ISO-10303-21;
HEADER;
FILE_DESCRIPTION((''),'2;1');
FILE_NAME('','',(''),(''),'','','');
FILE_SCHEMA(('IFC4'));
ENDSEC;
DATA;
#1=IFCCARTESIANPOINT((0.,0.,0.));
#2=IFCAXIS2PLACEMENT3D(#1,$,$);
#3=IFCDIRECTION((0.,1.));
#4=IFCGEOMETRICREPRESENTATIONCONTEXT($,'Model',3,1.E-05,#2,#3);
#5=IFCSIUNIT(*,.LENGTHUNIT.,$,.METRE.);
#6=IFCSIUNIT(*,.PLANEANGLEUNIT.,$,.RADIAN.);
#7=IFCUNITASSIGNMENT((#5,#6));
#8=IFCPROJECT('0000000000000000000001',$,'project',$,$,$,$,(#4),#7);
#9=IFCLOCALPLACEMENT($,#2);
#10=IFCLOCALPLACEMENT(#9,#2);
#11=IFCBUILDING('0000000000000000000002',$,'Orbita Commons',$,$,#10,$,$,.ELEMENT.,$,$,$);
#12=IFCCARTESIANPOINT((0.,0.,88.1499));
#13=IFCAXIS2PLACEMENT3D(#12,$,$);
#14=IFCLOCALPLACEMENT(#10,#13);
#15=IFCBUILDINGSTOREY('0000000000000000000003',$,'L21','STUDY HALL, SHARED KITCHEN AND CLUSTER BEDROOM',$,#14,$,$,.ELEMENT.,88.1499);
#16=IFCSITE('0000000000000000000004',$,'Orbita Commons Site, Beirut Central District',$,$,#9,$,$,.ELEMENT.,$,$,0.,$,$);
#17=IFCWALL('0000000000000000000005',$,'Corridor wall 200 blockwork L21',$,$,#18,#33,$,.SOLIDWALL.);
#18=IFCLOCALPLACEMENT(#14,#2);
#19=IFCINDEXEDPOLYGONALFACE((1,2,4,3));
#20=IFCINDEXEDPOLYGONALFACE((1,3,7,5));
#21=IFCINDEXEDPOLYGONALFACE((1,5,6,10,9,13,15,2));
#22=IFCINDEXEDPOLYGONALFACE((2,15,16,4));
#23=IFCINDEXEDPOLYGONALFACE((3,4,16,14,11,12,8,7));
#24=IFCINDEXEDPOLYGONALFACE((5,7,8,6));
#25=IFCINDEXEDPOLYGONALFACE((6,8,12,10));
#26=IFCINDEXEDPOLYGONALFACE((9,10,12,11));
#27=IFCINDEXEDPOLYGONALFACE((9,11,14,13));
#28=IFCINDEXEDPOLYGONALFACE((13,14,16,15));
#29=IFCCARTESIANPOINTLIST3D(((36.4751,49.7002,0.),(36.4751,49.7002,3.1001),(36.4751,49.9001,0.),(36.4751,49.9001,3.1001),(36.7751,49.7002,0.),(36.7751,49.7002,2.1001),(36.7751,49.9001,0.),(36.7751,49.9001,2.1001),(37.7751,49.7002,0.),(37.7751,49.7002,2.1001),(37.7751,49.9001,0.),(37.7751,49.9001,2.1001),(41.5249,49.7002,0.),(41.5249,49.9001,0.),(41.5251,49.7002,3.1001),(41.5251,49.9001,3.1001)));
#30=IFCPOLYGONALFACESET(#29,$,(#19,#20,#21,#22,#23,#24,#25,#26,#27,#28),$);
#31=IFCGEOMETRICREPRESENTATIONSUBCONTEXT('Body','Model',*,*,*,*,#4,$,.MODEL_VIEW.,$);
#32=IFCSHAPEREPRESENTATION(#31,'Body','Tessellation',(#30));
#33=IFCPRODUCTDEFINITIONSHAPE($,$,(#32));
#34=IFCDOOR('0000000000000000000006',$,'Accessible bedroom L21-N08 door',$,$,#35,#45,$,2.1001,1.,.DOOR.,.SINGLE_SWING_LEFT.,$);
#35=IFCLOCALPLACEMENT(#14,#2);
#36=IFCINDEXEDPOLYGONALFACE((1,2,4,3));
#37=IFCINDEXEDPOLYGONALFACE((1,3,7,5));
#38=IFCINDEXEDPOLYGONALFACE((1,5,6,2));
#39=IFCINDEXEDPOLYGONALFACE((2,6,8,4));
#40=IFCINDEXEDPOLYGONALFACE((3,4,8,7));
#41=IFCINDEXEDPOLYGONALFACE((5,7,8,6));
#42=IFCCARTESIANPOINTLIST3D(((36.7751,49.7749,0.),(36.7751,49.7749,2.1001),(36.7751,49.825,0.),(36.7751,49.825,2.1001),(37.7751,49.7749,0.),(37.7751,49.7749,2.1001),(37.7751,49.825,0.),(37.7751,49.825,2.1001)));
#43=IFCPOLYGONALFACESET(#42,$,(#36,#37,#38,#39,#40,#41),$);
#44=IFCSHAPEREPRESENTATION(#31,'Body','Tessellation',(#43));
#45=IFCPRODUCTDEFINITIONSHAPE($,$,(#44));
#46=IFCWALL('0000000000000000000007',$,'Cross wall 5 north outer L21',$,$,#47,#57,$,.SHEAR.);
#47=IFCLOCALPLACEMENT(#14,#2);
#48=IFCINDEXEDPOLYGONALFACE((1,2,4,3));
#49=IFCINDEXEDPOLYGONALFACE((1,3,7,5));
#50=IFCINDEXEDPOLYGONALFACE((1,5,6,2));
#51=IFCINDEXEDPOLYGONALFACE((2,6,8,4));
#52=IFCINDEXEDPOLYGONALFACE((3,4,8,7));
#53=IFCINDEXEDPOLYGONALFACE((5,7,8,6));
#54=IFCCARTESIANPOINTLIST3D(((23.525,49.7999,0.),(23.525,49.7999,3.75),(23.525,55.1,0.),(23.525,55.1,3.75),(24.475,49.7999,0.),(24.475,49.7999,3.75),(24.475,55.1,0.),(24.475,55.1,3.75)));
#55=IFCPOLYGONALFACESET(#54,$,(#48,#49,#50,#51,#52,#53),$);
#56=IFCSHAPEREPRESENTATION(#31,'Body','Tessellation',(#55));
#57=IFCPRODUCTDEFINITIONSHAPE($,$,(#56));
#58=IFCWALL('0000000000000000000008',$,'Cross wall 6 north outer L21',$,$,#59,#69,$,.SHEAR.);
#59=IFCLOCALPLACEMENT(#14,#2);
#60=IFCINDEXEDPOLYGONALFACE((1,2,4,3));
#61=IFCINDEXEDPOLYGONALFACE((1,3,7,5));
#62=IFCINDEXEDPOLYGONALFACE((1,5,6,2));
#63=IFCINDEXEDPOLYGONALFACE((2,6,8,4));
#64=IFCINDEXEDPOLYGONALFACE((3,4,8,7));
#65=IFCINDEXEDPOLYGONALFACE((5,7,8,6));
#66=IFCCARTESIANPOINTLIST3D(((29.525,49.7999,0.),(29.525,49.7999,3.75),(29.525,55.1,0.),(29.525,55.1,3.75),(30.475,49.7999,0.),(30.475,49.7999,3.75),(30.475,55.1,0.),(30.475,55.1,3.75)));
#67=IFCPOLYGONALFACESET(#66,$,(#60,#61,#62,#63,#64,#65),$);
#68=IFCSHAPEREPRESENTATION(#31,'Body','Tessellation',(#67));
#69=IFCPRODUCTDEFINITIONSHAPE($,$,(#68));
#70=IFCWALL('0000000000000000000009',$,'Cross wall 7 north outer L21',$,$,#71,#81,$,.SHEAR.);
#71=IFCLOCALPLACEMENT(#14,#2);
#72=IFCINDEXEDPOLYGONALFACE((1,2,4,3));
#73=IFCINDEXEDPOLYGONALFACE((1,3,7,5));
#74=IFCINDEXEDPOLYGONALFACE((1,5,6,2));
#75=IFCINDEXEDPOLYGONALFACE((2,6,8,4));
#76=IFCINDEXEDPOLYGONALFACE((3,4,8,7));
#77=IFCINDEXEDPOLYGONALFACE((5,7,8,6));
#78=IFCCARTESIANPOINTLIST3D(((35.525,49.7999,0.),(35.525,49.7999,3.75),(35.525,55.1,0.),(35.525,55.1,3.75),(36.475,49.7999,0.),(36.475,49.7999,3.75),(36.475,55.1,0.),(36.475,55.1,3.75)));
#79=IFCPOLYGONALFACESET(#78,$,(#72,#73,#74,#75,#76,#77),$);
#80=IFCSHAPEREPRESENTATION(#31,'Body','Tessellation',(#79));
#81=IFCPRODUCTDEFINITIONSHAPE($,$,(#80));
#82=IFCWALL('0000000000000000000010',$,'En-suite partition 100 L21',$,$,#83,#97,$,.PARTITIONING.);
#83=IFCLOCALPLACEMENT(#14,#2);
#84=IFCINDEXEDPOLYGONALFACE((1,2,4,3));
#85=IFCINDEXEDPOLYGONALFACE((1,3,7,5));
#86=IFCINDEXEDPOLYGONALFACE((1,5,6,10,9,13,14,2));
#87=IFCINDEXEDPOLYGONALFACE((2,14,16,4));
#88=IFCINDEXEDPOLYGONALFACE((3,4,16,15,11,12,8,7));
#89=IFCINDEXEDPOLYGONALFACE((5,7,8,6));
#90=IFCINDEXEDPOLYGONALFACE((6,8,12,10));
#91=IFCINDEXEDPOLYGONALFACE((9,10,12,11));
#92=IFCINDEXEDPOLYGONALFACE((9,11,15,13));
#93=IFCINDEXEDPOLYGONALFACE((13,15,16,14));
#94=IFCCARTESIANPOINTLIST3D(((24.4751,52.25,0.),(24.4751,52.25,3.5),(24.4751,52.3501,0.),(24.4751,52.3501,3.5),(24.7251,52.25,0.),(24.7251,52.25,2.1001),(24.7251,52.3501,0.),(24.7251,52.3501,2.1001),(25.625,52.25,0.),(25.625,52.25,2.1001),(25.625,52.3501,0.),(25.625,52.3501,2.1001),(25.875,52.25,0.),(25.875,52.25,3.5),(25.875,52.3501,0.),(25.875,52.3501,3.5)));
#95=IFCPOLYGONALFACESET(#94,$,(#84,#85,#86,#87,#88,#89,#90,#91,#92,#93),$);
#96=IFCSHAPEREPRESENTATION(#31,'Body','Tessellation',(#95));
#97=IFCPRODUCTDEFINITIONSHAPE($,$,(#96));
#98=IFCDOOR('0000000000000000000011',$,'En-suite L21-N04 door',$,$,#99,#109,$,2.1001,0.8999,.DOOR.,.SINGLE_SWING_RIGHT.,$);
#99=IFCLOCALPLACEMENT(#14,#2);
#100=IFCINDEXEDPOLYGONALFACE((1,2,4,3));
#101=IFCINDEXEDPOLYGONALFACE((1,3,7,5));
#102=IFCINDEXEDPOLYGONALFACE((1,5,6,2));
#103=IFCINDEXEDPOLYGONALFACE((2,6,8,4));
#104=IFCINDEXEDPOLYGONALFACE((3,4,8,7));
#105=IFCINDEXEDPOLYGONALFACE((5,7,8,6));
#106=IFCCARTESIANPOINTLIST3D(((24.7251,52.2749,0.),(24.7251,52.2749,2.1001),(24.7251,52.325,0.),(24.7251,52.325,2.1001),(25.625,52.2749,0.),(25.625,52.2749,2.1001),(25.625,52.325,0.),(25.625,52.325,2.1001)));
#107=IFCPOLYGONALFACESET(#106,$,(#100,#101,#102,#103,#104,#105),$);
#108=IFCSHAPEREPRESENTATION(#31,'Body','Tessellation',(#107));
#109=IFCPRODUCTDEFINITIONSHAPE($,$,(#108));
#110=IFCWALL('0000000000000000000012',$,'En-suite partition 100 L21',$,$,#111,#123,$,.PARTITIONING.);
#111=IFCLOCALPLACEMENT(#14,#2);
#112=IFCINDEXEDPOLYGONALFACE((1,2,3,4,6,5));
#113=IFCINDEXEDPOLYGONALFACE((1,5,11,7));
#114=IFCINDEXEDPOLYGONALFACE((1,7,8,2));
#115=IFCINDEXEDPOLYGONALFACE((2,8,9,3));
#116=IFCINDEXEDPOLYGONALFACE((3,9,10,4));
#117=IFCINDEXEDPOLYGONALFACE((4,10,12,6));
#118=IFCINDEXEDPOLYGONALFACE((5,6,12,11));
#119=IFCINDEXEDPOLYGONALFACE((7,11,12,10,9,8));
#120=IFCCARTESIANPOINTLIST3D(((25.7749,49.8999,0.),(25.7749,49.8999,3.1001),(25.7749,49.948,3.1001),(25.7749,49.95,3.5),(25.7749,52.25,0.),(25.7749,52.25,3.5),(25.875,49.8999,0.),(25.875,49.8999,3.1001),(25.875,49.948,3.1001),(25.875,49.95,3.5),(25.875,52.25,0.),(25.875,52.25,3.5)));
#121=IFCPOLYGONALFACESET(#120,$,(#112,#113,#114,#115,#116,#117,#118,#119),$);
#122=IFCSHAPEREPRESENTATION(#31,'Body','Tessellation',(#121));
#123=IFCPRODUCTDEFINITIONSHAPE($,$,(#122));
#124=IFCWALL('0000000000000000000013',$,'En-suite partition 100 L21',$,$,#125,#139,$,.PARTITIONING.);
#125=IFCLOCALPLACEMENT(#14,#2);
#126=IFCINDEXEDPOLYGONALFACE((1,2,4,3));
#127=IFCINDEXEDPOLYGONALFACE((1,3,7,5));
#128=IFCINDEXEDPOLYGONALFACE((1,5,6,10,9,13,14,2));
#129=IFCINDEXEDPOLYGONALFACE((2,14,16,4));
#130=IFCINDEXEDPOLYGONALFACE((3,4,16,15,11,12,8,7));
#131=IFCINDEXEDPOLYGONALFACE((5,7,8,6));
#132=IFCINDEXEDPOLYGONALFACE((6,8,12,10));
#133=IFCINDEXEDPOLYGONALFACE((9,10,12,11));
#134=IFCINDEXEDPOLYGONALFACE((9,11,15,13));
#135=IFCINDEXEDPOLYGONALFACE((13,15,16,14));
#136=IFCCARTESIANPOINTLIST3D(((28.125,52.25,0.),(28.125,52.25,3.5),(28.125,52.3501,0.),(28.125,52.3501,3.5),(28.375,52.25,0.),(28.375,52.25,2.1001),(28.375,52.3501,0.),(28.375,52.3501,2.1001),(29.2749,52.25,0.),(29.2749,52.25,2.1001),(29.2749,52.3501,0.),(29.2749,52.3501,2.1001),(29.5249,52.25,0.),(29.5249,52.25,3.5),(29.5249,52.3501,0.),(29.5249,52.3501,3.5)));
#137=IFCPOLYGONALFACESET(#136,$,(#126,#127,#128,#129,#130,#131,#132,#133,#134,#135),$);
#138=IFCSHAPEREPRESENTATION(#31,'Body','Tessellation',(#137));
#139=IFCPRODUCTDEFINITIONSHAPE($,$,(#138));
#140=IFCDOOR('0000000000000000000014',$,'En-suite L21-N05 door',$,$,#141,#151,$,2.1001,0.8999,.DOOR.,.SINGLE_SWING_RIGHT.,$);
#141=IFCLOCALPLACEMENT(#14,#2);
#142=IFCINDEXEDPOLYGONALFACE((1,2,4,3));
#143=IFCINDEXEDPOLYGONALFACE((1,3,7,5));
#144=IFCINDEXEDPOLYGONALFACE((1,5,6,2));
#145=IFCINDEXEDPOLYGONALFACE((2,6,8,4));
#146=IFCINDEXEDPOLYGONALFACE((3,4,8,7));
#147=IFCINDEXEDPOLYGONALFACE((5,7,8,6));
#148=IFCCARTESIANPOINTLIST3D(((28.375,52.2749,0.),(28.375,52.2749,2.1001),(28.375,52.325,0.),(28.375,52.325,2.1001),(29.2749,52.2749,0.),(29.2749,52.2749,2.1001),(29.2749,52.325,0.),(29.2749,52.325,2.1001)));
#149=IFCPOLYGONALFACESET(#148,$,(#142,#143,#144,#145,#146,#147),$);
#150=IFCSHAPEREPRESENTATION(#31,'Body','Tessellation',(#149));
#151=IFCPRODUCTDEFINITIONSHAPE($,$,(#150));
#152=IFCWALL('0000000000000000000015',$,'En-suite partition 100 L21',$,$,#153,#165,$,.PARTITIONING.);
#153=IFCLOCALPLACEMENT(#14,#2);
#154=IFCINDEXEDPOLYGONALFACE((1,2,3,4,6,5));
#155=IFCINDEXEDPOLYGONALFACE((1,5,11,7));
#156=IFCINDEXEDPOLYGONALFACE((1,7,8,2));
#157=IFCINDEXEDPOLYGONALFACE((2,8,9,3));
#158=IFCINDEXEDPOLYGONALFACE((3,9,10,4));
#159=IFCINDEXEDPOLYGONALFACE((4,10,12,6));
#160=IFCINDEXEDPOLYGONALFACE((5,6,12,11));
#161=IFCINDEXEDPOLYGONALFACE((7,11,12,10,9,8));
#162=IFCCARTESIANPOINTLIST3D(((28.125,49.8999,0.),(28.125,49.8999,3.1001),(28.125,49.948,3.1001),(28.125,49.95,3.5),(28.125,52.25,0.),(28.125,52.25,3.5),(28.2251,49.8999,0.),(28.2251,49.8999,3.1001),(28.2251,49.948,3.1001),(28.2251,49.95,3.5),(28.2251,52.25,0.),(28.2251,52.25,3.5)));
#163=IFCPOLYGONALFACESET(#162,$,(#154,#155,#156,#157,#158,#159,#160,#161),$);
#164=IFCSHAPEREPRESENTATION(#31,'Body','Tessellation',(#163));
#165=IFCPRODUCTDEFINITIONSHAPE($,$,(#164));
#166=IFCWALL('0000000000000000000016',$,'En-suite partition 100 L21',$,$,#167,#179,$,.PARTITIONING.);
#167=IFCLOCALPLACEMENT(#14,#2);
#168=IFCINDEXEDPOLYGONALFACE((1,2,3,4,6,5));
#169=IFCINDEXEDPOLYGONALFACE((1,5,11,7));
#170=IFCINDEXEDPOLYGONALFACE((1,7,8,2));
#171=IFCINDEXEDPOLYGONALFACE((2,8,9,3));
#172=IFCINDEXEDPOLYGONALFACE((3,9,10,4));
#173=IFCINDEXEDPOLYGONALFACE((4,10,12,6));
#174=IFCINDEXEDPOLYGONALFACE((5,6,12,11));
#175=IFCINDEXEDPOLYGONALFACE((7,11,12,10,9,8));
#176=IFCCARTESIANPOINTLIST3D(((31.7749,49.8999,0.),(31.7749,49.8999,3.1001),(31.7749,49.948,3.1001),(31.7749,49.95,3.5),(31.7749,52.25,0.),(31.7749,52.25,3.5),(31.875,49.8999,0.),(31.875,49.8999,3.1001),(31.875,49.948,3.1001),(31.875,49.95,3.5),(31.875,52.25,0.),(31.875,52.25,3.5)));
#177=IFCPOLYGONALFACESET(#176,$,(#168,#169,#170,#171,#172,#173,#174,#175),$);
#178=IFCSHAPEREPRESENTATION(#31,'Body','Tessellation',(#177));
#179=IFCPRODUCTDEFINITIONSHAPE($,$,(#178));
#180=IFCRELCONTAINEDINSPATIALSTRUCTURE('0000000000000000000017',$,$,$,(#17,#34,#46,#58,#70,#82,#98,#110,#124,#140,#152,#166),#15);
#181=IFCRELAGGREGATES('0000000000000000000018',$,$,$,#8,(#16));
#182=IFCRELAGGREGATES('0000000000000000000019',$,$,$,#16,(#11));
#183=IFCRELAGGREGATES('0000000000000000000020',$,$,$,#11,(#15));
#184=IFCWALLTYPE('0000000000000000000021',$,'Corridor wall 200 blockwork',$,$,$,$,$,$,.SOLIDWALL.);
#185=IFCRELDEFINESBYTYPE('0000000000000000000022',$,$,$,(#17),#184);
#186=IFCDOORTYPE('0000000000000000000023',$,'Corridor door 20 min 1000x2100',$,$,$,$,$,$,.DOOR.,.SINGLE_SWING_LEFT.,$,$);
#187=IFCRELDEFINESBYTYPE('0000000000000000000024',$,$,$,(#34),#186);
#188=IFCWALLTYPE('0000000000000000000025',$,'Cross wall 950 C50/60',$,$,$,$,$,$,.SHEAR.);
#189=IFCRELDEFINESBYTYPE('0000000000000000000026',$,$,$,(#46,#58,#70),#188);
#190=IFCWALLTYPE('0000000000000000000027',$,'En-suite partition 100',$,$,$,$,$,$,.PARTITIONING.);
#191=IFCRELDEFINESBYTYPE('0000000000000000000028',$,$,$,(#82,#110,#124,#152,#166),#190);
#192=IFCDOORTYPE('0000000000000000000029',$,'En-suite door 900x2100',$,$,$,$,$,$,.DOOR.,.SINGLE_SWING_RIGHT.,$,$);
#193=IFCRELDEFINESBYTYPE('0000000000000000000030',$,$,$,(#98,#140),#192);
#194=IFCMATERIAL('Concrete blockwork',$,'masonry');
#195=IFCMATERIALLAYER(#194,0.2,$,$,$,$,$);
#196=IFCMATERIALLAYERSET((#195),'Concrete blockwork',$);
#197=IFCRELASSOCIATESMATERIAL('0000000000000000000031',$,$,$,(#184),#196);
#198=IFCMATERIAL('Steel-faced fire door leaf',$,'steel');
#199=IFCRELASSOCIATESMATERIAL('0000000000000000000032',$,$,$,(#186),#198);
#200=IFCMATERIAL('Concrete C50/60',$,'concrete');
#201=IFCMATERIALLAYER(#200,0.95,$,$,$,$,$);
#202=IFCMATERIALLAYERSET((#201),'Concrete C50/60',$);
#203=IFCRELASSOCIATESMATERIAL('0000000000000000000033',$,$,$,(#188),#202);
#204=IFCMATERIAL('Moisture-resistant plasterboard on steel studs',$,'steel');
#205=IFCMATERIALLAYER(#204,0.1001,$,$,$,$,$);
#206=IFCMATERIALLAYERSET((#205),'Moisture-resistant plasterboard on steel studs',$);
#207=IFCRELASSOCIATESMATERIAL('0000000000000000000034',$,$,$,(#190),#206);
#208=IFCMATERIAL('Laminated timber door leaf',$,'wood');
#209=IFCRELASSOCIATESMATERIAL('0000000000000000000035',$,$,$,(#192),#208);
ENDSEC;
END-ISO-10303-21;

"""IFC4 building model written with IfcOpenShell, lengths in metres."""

from ifc_helpers import new_model, si_unit, direction, frame, frame_2d, origin, place, context, subcontext, project, spatial, polyline, rectangle, outline, extrude, material, layer, layer_set, type_object, element, fill, save


model = new_model("IFC4")

# Units and contexts
model_context = context("Model", 3, precision=1e-05, world=origin(), true_north=direction((0.0, 1.0)))
body_context = subcontext(model_context, "Body", "Model", "MODEL_VIEW")
ifc_project = project(units=[si_unit("LENGTHUNIT", "METRE"), si_unit("PLANEANGLEUNIT", "RADIAN")], contexts=[model_context])

# Site, building, storey
site_placement = place(None, origin())
site = spatial("IfcSite", under=ifc_project, at=site_placement, Name="Orbita Commons Site, Beirut Central District", CompositionType="ELEMENT", RefElevation=0.0)
building_placement = place(site_placement, origin())
building = spatial("IfcBuilding", under=site, at=building_placement, Name="Orbita Commons", CompositionType="ELEMENT")
storey_placement = place(building_placement, frame((0.0, 0.0, 88.1499)))
storey = spatial("IfcBuildingStorey", under=building, at=storey_placement, Name="L21", Description="STUDY HALL, SHARED KITCHEN AND CLUSTER BEDROOM", CompositionType="ELEMENT", Elevation=88.1499)

# Shared definitions
ifc_material_1 = material(Name="Concrete blockwork", Category="masonry")
ifc_layer_1 = layer(ifc_material_1, 0.2)
ifc_layer_set_1 = layer_set([ifc_layer_1], Name="Concrete blockwork")
wall_type_1 = type_object("IfcWallType", Name="Corridor wall 200 blockwork", PredefinedType="SOLIDWALL", material=ifc_layer_set_1)

# Wall, opening, door
wall_1_placement = place(storey_placement, frame((36.4751, 49.8, 0.0), z_axis=(0.0, 0.0, 1.0), x_axis=(1.0, 0.0, 0.0)))
wall_1 = element("IfcWall", 1, at=wall_1_placement, inside=storey, type_object=wall_type_1, Name="Corridor wall 200 blockwork L21", PredefinedType="SOLIDWALL", context=body_context, shape_type="SweptSolid", body=[
    extrude(outline(polyline([(0.0, 0.0), (5.0498, 0.0), (5.05, 3.1001), (0.0, 3.1001), (0.0, 0.0)])), frame((0.0, 0.1001, 0.0), z_axis=(0.0, -1.0, 0.0), x_axis=(1.0, 0.0, 0.0)), (0.0, 0.0, 1.0), 0.2),
])
opening_1_placement = place(wall_1_placement, frame((0.3, 0.0, 0.0)))
opening_1 = element("IfcOpeningElement", 2, at=opening_1_placement, cuts=wall_1, PredefinedType="OPENING", context=body_context, shape_type="SweptSolid", body=[
    extrude(rectangle(XDim=1.0, YDim=2.1001, at=frame_2d((0.5, 1.05))), frame((0.0, 0.1099, 0.0), z_axis=(0.0, -1.0, 0.0), x_axis=(1.0, 0.0, 0.0)), (0.0, 0.0, 1.0), 0.22),
])
ifc_material_2 = material(Name="Steel-faced fire door leaf", Category="steel")
door_type_1 = type_object("IfcDoorType", Name="Corridor door 20 min 1000x2100", OperationType="SINGLE_SWING_LEFT", PredefinedType="DOOR", material=ifc_material_2)
door_1_placement = place(opening_1_placement, origin())
door_1 = element("IfcDoor", 3, at=door_1_placement, inside=storey, type_object=door_type_1, Name="Accessible bedroom L21-N08 door", OperationType="SINGLE_SWING_LEFT", OverallHeight=2.1001, OverallWidth=1.0, PredefinedType="DOOR", context=body_context, shape_type="SweptSolid", body=[
    extrude(rectangle(XDim=1.0, YDim=2.1001, at=frame_2d((0.5, 1.05))), frame((0.0, 0.0249, 0.0), z_axis=(0.0, -1.0, 0.0), x_axis=(1.0, 0.0, 0.0)), (0.0, 0.0, 1.0), 0.05),
])
fill(opening_1, door_1)

# Walls
ifc_material_3 = material(Name="Concrete C50/60", Category="concrete")
ifc_layer_2 = layer(ifc_material_3, 0.95)
ifc_layer_set_2 = layer_set([ifc_layer_2], Name="Concrete C50/60")
wall_type_2 = type_object("IfcWallType", Name="Cross wall 950 C50/60", PredefinedType="SHEAR", material=ifc_layer_set_2)
for number, where, z_axis, x_axis, name in (
    (4, (24.0, 49.8, 0.0), (0.0, 0.0, 1.0), (0.0, 1.0, 0.0), "Cross wall 5 north outer L21"),
    (5, (30.0, 49.8, 0.0), (0.0, 0.0, 1.0), (0.0, 1.0, 0.0), "Cross wall 6 north outer L21"),
    (6, (36.0, 49.8, 0.0), (0.0, 0.0, 1.0), (0.0, 1.0, 0.0), "Cross wall 7 north outer L21"),
):
    element("IfcWall", number, at=place(storey_placement, frame(where, z_axis=z_axis, x_axis=x_axis)), inside=storey, type_object=wall_type_2, Name=name, PredefinedType="SHEAR", context=body_context, shape_type="SweptSolid", body=[
        extrude(rectangle(XDim=5.3, YDim=0.95, at=frame_2d((2.6499, 0.0))), origin(), (0.0, 0.0, 1.0), 3.75),
    ])

# Wall, opening, door
ifc_material_4 = material(Name="Moisture-resistant plasterboard on steel studs", Category="steel")
ifc_layer_3 = layer(ifc_material_4, 0.1001)
ifc_layer_set_3 = layer_set([ifc_layer_3], Name="Moisture-resistant plasterboard on steel studs")
wall_type_3 = type_object("IfcWallType", Name="En-suite partition 100", PredefinedType="PARTITIONING", material=ifc_layer_set_3)
wall_2_placement = place(storey_placement, frame((24.4751, 52.3, 0.0), z_axis=(0.0, 0.0, 1.0), x_axis=(1.0, 0.0, 0.0)))
wall_2 = element("IfcWall", 7, at=wall_2_placement, inside=storey, type_object=wall_type_3, Name="En-suite partition 100 L21", PredefinedType="PARTITIONING", context=body_context, shape_type="SweptSolid", body=[
    extrude(rectangle(XDim=1.3999, YDim=0.1001, at=frame_2d((0.7, 0.0))), origin(), (0.0, 0.0, 1.0), 3.5),
])
opening_2_placement = place(wall_2_placement, frame((0.25, 0.0, 0.0)))
opening_2 = element("IfcOpeningElement", 8, at=opening_2_placement, cuts=wall_2, PredefinedType="OPENING", context=body_context, shape_type="SweptSolid", body=[
    extrude(rectangle(XDim=0.8999, YDim=2.1001, at=frame_2d((0.45, 1.05))), frame((0.0, 0.0601, 0.0), z_axis=(0.0, -1.0, 0.0), x_axis=(1.0, 0.0, 0.0)), (0.0, 0.0, 1.0), 0.1201),
])
ifc_material_5 = material(Name="Laminated timber door leaf", Category="wood")
door_type_2 = type_object("IfcDoorType", Name="En-suite door 900x2100", OperationType="SINGLE_SWING_RIGHT", PredefinedType="DOOR", material=ifc_material_5)
door_2_placement = place(opening_2_placement, origin())
door_2 = element("IfcDoor", 9, at=door_2_placement, inside=storey, type_object=door_type_2, Name="En-suite L21-N04 door", OperationType="SINGLE_SWING_RIGHT", OverallHeight=2.1001, OverallWidth=0.8999, PredefinedType="DOOR", context=body_context, shape_type="SweptSolid", body=[
    extrude(rectangle(XDim=0.8999, YDim=2.1001, at=frame_2d((0.45, 1.05))), frame((0.0, 0.0249, 0.0), z_axis=(0.0, -1.0, 0.0), x_axis=(1.0, 0.0, 0.0)), (0.0, 0.0, 1.0), 0.05),
])
fill(opening_2, door_2)

# Wall
wall_3_placement = place(storey_placement, frame((25.825, 52.25, 0.0), z_axis=(0.0, 0.0, 1.0), x_axis=(0.0, -1.0, 0.0)))
element("IfcWall", 10, at=wall_3_placement, inside=storey, type_object=wall_type_3, Name="En-suite partition 100 L21", PredefinedType="PARTITIONING", context=body_context, shape_type="SweptSolid", body=[
    extrude(outline(polyline([(0.0, 0.0), (2.3501, 0.0), (2.3501, 3.1001), (2.302, 3.1001), (2.3, 3.5), (0.0, 3.5), (0.0, 0.0)])), frame((0.0, 0.05, 0.0), z_axis=(0.0, -1.0, 0.0), x_axis=(1.0, 0.0, 0.0)), (0.0, 0.0, 1.0), 0.1001),
])

# Wall, opening, door
wall_4_placement = place(storey_placement, frame((28.125, 52.3, 0.0), z_axis=(0.0, 0.0, 1.0), x_axis=(1.0, 0.0, 0.0)))
wall_4 = element("IfcWall", 11, at=wall_4_placement, inside=storey, type_object=wall_type_3, Name="En-suite partition 100 L21", PredefinedType="PARTITIONING", context=body_context, shape_type="SweptSolid", body=[
    extrude(rectangle(XDim=1.3999, YDim=0.1001, at=frame_2d((0.7, 0.0))), origin(), (0.0, 0.0, 1.0), 3.5),
])
opening_3_placement = place(wall_4_placement, frame((0.25, 0.0, 0.0)))
opening_3 = element("IfcOpeningElement", 12, at=opening_3_placement, cuts=wall_4, PredefinedType="OPENING", context=body_context, shape_type="SweptSolid", body=[
    extrude(rectangle(XDim=0.8999, YDim=2.1001, at=frame_2d((0.45, 1.05))), frame((0.0, 0.0601, 0.0), z_axis=(0.0, -1.0, 0.0), x_axis=(1.0, 0.0, 0.0)), (0.0, 0.0, 1.0), 0.1201),
])
door_3_placement = place(opening_3_placement, origin())
door_3 = element("IfcDoor", 13, at=door_3_placement, inside=storey, type_object=door_type_2, Name="En-suite L21-N05 door", OperationType="SINGLE_SWING_RIGHT", OverallHeight=2.1001, OverallWidth=0.8999, PredefinedType="DOOR", context=body_context, shape_type="SweptSolid", body=[
    extrude(rectangle(XDim=0.8999, YDim=2.1001, at=frame_2d((0.45, 1.05))), frame((0.0, 0.0249, 0.0), z_axis=(0.0, -1.0, 0.0), x_axis=(1.0, 0.0, 0.0)), (0.0, 0.0, 1.0), 0.05),
])
fill(opening_3, door_3)

# Walls
for number, where, z_axis, x_axis, name in (
    (14, (28.175, 52.25, 0.0), (0.0, 0.0, 1.0), (0.0, -1.0, 0.0), "En-suite partition 100 L21"),
    (15, (31.825, 52.25, 0.0), (0.0, 0.0, 1.0), (0.0, -1.0, 0.0), "En-suite partition 100 L21"),
):
    element("IfcWall", number, at=place(storey_placement, frame(where, z_axis=z_axis, x_axis=x_axis)), inside=storey, type_object=wall_type_3, Name=name, PredefinedType="PARTITIONING", context=body_context, shape_type="SweptSolid", body=[
        extrude(outline(polyline([(0.0, 0.0), (2.3501, 0.0), (2.3501, 3.1001), (2.302, 3.1001), (2.3, 3.5), (0.0, 3.5), (0.0, 0.0)])), frame((0.0, 0.05, 0.0), z_axis=(0.0, -1.0, 0.0), x_axis=(1.0, 0.0, 0.0)), (0.0, 0.0, 1.0), 0.1001),
    ])

save(model, "model.ifc")
